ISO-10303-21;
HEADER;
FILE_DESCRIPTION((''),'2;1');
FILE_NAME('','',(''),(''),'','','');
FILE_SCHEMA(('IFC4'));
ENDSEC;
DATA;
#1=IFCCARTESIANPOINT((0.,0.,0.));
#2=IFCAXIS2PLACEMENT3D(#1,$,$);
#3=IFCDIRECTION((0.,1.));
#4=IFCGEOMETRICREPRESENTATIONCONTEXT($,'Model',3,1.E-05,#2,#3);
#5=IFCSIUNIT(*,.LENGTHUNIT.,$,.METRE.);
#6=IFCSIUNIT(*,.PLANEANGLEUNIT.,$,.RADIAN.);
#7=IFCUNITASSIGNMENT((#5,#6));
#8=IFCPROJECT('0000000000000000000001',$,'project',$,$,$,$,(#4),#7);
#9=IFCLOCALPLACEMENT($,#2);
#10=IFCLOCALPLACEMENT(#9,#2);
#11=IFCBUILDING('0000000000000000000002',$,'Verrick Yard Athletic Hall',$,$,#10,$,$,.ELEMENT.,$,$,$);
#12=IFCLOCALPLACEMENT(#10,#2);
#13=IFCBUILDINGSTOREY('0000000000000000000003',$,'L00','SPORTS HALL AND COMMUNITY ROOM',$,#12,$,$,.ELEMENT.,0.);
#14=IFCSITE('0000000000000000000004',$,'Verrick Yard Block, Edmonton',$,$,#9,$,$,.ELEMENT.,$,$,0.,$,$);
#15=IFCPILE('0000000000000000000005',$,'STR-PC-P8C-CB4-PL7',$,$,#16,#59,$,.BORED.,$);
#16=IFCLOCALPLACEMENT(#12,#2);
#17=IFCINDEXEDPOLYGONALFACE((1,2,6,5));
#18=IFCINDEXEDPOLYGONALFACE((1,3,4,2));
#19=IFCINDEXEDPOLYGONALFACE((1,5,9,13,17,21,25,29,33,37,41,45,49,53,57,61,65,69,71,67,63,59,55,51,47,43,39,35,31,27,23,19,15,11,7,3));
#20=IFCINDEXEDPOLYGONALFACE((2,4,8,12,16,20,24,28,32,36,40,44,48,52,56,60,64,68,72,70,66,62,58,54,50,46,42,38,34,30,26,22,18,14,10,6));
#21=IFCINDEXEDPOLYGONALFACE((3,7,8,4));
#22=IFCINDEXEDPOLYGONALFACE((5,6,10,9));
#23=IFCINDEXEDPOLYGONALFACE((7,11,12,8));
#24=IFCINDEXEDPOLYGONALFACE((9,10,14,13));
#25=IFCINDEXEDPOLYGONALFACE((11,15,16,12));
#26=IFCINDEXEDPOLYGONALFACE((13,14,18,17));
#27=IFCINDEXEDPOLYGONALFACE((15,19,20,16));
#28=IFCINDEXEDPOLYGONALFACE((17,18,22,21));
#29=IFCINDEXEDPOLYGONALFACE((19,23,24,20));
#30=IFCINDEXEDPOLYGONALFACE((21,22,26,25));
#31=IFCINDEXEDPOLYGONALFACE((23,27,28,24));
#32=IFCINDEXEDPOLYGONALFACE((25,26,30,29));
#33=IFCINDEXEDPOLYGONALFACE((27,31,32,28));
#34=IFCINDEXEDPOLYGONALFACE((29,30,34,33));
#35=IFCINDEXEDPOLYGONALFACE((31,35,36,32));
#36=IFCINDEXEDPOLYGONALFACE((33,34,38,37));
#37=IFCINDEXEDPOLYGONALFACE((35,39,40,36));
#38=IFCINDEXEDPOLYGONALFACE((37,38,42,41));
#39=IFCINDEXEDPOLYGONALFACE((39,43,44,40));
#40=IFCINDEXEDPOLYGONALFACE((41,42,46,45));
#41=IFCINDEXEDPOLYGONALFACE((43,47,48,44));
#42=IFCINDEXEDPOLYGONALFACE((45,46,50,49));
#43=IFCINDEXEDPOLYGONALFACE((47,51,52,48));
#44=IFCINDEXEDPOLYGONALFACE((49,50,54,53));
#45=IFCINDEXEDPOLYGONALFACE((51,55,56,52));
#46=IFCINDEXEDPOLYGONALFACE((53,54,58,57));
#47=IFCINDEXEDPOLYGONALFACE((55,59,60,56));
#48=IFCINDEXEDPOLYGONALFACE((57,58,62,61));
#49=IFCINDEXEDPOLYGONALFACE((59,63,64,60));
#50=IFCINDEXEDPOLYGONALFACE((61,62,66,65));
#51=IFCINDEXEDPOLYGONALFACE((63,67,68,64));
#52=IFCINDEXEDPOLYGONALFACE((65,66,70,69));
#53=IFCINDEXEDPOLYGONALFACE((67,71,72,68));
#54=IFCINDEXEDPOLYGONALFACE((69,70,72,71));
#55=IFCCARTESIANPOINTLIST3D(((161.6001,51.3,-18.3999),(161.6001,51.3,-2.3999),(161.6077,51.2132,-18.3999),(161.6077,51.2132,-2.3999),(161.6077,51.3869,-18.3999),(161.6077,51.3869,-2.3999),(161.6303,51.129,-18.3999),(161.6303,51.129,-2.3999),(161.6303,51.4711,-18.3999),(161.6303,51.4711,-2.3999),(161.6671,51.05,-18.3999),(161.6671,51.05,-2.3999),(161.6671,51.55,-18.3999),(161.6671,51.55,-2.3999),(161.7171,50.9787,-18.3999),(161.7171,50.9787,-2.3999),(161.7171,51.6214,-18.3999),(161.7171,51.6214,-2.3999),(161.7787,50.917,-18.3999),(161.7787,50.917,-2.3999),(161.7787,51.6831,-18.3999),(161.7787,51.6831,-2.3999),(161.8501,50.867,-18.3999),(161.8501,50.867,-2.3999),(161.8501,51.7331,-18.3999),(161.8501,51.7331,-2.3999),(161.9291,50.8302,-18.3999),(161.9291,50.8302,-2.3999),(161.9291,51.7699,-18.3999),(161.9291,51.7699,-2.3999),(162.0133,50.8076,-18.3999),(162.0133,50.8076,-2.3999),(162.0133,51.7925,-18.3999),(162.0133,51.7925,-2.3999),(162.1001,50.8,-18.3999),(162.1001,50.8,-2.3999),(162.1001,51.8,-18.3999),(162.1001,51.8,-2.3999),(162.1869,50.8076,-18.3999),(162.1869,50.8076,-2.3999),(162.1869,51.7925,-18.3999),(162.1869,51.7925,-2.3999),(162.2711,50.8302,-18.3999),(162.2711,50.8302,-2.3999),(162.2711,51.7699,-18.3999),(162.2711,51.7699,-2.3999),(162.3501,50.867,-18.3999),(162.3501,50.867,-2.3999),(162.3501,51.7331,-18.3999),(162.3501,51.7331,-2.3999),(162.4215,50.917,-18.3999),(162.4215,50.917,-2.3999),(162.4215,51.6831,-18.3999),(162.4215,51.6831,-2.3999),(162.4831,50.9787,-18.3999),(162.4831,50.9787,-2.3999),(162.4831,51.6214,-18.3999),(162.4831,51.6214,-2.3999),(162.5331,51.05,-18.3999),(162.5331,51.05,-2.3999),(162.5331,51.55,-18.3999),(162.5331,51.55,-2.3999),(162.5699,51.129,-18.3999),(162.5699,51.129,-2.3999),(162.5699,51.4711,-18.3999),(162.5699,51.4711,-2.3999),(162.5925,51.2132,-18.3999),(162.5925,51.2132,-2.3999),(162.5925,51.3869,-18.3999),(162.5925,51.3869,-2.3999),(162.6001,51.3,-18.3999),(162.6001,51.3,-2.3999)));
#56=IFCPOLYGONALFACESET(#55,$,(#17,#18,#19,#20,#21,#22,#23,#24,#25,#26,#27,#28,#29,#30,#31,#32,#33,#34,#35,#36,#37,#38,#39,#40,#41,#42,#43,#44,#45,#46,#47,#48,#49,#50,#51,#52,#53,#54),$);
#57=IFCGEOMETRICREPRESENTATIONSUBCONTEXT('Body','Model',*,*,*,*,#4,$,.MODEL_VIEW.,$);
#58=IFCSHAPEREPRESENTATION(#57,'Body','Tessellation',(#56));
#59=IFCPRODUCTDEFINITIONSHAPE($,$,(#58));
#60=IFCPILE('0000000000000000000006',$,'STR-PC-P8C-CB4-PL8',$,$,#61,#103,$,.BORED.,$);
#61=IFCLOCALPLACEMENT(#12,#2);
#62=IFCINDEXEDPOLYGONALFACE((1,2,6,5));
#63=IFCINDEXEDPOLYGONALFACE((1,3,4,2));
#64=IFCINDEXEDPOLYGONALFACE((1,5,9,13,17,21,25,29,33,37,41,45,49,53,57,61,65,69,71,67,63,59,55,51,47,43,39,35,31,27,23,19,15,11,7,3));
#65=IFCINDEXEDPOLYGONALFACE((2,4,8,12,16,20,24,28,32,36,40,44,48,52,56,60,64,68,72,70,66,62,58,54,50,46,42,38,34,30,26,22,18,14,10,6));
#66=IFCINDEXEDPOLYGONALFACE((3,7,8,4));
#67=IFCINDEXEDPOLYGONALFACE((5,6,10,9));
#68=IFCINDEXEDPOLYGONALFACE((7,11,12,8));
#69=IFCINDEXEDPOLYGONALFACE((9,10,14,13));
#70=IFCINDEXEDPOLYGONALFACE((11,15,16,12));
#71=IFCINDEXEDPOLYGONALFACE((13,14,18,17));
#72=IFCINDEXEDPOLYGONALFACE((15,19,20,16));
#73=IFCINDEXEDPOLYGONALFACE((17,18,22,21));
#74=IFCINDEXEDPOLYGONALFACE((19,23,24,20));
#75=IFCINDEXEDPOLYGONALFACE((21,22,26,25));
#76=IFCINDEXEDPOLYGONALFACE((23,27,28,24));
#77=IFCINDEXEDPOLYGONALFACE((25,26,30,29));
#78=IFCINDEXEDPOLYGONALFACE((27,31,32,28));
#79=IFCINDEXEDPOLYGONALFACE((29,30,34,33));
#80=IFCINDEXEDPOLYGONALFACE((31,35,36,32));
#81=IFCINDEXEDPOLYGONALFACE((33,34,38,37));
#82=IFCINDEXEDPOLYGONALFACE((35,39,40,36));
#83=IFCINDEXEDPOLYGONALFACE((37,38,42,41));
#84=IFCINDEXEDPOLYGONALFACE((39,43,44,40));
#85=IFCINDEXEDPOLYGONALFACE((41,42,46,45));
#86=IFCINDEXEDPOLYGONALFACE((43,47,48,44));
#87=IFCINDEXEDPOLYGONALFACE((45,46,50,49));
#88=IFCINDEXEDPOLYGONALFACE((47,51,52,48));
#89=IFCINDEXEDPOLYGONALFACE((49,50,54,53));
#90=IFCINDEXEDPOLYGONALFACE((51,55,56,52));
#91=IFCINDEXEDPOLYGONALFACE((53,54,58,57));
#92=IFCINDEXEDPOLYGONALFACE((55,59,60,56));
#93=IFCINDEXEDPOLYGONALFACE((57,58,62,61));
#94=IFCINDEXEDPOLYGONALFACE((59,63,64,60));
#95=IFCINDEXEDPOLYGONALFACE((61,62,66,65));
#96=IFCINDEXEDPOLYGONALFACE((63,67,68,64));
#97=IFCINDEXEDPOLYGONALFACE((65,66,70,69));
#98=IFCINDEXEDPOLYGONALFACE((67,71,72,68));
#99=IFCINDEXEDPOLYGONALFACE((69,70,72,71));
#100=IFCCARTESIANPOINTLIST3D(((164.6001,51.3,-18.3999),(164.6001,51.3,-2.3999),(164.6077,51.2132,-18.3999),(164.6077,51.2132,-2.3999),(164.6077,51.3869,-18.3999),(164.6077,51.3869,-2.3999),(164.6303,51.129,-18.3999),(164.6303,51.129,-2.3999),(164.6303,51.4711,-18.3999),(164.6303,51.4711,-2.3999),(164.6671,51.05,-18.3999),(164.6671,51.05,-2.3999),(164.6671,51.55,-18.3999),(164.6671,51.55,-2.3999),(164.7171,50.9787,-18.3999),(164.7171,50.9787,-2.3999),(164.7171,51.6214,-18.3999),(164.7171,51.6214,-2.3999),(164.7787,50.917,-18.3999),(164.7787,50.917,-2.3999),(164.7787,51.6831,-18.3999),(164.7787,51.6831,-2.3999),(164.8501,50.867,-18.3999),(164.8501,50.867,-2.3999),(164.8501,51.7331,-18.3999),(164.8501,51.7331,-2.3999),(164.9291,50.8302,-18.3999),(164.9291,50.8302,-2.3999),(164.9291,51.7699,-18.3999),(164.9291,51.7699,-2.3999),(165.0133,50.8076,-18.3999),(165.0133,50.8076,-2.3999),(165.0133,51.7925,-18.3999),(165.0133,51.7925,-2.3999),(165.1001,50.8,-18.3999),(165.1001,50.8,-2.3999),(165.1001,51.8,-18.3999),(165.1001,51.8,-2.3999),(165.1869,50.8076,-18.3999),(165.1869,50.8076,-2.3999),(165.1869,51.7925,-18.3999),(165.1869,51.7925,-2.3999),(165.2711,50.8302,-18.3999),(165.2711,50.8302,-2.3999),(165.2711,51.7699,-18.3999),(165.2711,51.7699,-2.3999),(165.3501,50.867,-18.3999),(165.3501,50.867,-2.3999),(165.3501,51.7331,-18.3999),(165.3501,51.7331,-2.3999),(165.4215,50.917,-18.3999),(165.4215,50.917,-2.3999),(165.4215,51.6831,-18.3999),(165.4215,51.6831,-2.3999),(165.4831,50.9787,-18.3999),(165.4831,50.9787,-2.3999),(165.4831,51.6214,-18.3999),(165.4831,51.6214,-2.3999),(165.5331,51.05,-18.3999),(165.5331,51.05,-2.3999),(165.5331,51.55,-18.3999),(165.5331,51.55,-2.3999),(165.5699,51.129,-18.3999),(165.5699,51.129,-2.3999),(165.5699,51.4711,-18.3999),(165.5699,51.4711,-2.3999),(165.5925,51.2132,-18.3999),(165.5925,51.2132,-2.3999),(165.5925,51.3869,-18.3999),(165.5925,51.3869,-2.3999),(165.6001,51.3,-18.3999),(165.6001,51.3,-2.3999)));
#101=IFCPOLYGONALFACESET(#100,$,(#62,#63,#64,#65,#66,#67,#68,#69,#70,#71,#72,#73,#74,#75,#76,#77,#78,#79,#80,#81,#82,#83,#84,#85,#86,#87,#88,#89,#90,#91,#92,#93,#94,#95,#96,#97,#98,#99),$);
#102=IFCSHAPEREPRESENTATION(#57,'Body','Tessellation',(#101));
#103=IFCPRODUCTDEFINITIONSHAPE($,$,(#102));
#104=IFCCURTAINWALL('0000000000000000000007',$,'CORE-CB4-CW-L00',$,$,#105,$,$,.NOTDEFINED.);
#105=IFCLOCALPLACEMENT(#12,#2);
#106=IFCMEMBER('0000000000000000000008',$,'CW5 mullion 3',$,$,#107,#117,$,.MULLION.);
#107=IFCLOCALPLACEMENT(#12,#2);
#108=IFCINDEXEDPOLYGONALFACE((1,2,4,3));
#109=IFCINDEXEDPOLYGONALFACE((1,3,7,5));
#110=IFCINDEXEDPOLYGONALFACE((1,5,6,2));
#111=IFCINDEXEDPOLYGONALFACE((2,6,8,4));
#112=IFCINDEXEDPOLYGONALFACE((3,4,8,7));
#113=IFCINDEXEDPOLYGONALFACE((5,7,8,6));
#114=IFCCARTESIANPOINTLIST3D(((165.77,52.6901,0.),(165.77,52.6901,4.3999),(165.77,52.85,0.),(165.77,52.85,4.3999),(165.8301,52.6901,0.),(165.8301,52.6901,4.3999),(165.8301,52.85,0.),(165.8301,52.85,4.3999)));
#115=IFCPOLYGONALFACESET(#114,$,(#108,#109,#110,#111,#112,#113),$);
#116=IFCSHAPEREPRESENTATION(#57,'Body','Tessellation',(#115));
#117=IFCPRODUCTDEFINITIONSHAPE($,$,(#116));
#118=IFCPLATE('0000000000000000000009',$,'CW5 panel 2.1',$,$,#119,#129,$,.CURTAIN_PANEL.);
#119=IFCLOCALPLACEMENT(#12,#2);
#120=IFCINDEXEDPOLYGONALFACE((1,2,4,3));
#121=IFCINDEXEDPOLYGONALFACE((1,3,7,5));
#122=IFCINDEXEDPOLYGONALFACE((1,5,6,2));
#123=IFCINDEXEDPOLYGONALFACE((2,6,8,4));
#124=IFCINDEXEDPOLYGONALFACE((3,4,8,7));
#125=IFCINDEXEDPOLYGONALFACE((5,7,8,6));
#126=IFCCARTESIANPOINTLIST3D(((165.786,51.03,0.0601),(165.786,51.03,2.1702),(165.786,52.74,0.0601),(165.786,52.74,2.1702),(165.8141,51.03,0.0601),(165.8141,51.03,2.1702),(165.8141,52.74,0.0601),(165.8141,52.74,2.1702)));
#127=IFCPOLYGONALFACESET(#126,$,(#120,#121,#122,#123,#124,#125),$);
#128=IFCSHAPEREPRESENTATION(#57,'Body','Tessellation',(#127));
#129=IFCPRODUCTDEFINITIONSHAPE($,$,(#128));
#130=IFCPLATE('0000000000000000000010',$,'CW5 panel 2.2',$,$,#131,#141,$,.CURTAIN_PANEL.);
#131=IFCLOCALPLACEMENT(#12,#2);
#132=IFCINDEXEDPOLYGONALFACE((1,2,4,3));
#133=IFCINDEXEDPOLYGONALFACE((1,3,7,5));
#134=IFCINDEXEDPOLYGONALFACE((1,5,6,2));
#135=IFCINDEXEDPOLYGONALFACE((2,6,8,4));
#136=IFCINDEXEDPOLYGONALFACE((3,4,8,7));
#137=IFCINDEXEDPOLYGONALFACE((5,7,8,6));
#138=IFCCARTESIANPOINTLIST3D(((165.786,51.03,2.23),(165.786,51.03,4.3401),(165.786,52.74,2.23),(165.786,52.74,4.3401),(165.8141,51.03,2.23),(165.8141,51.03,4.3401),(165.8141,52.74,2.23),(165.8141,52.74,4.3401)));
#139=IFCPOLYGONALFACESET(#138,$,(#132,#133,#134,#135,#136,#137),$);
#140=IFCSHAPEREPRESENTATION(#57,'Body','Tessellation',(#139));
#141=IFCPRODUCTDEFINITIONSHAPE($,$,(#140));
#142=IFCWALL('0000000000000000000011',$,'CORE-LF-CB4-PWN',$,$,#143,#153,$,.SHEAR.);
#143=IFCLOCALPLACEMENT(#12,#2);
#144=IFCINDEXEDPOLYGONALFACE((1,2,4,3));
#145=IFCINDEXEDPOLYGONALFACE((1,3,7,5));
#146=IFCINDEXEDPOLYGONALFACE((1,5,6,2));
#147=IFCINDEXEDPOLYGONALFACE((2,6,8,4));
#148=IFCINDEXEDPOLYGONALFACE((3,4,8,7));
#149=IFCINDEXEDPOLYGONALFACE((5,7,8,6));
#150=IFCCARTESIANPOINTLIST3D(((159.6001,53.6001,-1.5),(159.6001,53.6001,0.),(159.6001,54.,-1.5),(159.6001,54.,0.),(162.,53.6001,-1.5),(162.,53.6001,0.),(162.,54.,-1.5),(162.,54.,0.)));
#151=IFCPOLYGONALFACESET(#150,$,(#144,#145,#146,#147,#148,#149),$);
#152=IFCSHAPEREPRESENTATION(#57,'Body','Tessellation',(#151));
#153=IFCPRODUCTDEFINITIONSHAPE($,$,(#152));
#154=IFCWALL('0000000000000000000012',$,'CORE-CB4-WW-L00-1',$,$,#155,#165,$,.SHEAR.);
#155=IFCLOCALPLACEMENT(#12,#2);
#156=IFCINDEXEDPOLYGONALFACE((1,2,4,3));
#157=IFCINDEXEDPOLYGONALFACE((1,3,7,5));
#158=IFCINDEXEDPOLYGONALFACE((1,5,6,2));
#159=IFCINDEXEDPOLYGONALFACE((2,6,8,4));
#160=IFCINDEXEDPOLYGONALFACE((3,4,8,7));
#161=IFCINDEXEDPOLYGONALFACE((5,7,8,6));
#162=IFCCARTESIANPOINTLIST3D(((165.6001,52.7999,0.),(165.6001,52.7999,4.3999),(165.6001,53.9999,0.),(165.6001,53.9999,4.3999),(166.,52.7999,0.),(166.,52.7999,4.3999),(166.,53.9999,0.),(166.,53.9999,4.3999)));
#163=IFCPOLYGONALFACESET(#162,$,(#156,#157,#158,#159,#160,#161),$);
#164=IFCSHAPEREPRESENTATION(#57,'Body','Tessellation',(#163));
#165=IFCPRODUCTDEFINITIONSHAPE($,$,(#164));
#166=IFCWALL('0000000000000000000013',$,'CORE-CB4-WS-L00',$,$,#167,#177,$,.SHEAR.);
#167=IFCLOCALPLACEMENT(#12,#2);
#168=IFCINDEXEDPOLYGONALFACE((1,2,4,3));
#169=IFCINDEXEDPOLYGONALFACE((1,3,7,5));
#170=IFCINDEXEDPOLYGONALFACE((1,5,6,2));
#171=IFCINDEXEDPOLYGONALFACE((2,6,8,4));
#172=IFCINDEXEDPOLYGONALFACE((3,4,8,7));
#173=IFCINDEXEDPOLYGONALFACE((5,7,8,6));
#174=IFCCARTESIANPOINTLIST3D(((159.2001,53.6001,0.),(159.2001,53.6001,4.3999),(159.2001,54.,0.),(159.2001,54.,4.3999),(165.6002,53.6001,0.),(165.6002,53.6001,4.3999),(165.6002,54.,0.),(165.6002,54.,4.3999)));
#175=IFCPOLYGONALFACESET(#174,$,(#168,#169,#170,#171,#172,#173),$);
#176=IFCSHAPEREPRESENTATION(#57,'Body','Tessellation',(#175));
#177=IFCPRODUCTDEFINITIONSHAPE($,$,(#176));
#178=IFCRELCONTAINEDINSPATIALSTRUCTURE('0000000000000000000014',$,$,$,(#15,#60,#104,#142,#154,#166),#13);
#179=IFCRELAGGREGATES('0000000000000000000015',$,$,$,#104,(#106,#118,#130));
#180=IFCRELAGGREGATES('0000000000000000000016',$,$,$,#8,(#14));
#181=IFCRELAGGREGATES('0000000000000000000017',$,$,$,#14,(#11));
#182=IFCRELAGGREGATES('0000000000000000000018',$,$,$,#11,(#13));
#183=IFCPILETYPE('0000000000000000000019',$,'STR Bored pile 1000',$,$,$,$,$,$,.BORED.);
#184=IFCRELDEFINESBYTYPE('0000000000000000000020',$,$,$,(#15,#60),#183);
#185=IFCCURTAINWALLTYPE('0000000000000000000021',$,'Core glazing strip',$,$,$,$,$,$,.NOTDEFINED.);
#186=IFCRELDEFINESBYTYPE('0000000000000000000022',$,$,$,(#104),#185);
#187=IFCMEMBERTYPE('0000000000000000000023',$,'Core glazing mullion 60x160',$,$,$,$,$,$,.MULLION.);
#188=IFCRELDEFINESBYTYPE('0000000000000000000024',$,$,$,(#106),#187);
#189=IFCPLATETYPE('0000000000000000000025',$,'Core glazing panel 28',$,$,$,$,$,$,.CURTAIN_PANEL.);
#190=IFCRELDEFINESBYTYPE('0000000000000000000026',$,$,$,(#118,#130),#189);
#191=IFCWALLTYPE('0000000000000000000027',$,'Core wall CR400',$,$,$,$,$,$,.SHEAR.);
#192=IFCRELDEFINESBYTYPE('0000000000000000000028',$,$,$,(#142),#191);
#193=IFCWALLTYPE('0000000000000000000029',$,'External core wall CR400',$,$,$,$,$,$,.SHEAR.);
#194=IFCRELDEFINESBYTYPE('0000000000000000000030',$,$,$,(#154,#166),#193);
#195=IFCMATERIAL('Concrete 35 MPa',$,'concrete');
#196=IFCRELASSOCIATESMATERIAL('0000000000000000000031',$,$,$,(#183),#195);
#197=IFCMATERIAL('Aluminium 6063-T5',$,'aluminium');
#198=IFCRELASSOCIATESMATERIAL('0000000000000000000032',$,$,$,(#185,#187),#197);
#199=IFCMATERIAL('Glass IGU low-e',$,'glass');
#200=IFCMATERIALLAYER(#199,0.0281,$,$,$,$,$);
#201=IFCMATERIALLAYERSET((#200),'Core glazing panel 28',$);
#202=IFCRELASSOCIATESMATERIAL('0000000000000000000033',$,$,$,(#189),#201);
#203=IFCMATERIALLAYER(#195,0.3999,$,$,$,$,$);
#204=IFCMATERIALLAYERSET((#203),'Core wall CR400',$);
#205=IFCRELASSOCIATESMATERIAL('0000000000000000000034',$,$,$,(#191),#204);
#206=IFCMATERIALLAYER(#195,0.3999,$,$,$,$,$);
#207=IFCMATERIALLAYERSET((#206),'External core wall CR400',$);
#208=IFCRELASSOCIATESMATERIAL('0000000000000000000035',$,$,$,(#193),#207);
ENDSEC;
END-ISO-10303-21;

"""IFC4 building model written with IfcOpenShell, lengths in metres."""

from ifc_helpers import new_model, si_unit, direction, frame, frame_2d, origin, origin_2d, place, context, subcontext, project, spatial, rectangle, circle, extrude, material, layer, layer_set, material_profile, profile_set, type_object, element, aggregate, save


model = new_model("IFC4")

# Units and contexts
model_context = context("Model", 3, precision=1e-05, world=origin(), true_north=direction((0.0, 1.0)))
body_context = subcontext(model_context, "Body", "Model", "MODEL_VIEW")
ifc_project = project(units=[si_unit("LENGTHUNIT", "METRE"), si_unit("PLANEANGLEUNIT", "RADIAN")], contexts=[model_context])

# Site, building, storey
site_placement = place(None, origin())
site = spatial("IfcSite", under=ifc_project, at=site_placement, Name="Verrick Yard Block, Edmonton", CompositionType="ELEMENT", RefElevation=0.0)
building_placement = place(site_placement, origin())
building = spatial("IfcBuilding", under=site, at=building_placement, Name="Verrick Yard Athletic Hall", CompositionType="ELEMENT")
storey_placement = place(building_placement, origin())
storey = spatial("IfcBuildingStorey", under=building, at=storey_placement, Name="L00", Description="SPORTS HALL AND COMMUNITY ROOM", CompositionType="ELEMENT", Elevation=0.0)

# Piles
ifc_material_1 = material(Name="Concrete 35 MPa", Category="concrete")
pile_type = type_object("IfcPileType", Name="STR Bored pile 1000", PredefinedType="BORED", material=ifc_material_1)
for number, where, z_axis, x_axis, name in (
    (1, (162.1001, 51.3, -2.3999), (0.0, 0.0, -1.0), (1.0, 0.0, 0.0), "STR-PC-P8C-CB4-PL7"),
    (2, (165.1001, 51.3, -2.3999), (0.0, 0.0, -1.0), (1.0, 0.0, 0.0), "STR-PC-P8C-CB4-PL8"),
):
    element("IfcPile", number, at=place(storey_placement, frame(where, z_axis=z_axis, x_axis=x_axis)), inside=storey, type_object=pile_type, Name=name, PredefinedType="BORED", context=body_context, shape_type="SweptSolid", body=[
        extrude(circle(Radius=0.5, at=origin_2d()), origin(), (0.0, 0.0, 1.0), 16.0),
    ])

# Curtain wall, member, plates
ifc_material_2 = material(Name="Aluminium 6063-T5", Category="aluminium")
curtain_wall_type = type_object("IfcCurtainWallType", Name="Core glazing strip", PredefinedType="NOTDEFINED", material=ifc_material_2)
curtain_wall_placement = place(storey_placement, origin())
curtain_wall = element("IfcCurtainWall", 3, at=curtain_wall_placement, inside=storey, type_object=curtain_wall_type, Name="CORE-CB4-CW-L00", PredefinedType="NOTDEFINED")
ifc_material_profile = material_profile(ifc_material_2, rectangle(XDim=0.0601, YDim=0.1599, at=origin_2d()), Name="Core glazing mullion 60x160")
ifc_profile_set = profile_set([ifc_material_profile], Name="Aluminium 6063-T5")
member_type = type_object("IfcMemberType", Name="Core glazing mullion 60x160", PredefinedType="MULLION", material=ifc_profile_set)
member_placement = place(storey_placement, frame((165.8, 52.77, 0.0), z_axis=(0.0, 0.0, 1.0), x_axis=(-1.0, 0.0, 0.0)))
member = element("IfcMember", 4, at=member_placement, type_object=member_type, Name="CW5 mullion 3", PredefinedType="MULLION", context=body_context, shape_type="SweptSolid", body=[
    extrude(rectangle(XDim=0.0601, YDim=0.1599, at=origin_2d()), origin(), (0.0, 0.0, 1.0), 4.3999),
])
ifc_material_3 = material(Name="Glass IGU low-e", Category="glass")
ifc_layer_1 = layer(ifc_material_3, 0.0281)
ifc_layer_set_1 = layer_set([ifc_layer_1], Name="Core glazing panel 28")
plate_type = type_object("IfcPlateType", Name="Core glazing panel 28", PredefinedType="CURTAIN_PANEL", material=ifc_layer_set_1)
plate_1_placement = place(storey_placement, frame((165.8, 51.885, 0.0601), z_axis=(0.0, 0.0, 1.0), x_axis=(0.0, 1.0, 0.0)))
plate_1 = element("IfcPlate", 5, at=plate_1_placement, type_object=plate_type, Name="CW5 panel 2.1", PredefinedType="CURTAIN_PANEL", context=body_context, shape_type="SweptSolid", body=[
    extrude(rectangle(XDim=1.71, YDim=0.0281, at=origin_2d()), origin(), (0.0, 0.0, 1.0), 2.1101),
])
plate_2_placement = place(storey_placement, frame((165.8, 51.885, 2.23), z_axis=(0.0, 0.0, 1.0), x_axis=(0.0, 1.0, 0.0)))
plate_2 = element("IfcPlate", 6, at=plate_2_placement, type_object=plate_type, Name="CW5 panel 2.2", PredefinedType="CURTAIN_PANEL", context=body_context, shape_type="SweptSolid", body=[
    extrude(rectangle(XDim=1.71, YDim=0.0281, at=origin_2d()), origin(), (0.0, 0.0, 1.0), 2.1101),
])
aggregate(curtain_wall, [member, plate_1, plate_2])

# Walls
ifc_layer_2 = layer(ifc_material_1, 0.3999)
ifc_layer_set_2 = layer_set([ifc_layer_2], Name="Core wall CR400")
wall_type_1 = type_object("IfcWallType", Name="Core wall CR400", PredefinedType="SHEAR", material=ifc_layer_set_2)
wall_1_placement = place(storey_placement, frame((159.6001, 53.8, -1.5), z_axis=(0.0, 0.0, 1.0), x_axis=(1.0, 0.0, 0.0)))
element("IfcWall", 7, at=wall_1_placement, inside=storey, type_object=wall_type_1, Name="CORE-LF-CB4-PWN", PredefinedType="SHEAR", context=body_context, shape_type="SweptSolid", body=[
    extrude(rectangle(XDim=2.3999, YDim=0.3999, at=frame_2d((1.2, 0.0))), origin(), (0.0, 0.0, 1.0), 1.5),
])
ifc_layer_3 = layer(ifc_material_1, 0.3999)
ifc_layer_set_3 = layer_set([ifc_layer_3], Name="External core wall CR400")
wall_type_2 = type_object("IfcWallType", Name="External core wall CR400", PredefinedType="SHEAR", material=ifc_layer_set_3)
wall_2_placement = place(storey_placement, frame((165.8, 54.0, 0.0), z_axis=(0.0, 0.0, 1.0), x_axis=(0.0, -1.0, 0.0)))
element("IfcWall", 8, at=wall_2_placement, inside=storey, type_object=wall_type_2, Name="CORE-CB4-WW-L00-1", PredefinedType="SHEAR", context=body_context, shape_type="SweptSolid", body=[
    extrude(rectangle(XDim=1.2, YDim=0.3999, at=frame_2d((0.6001, 0.0))), origin(), (0.0, 0.0, 1.0), 4.3999),
])
wall_3_placement = place(storey_placement, frame((159.2, 53.8, 0.0), z_axis=(0.0, 0.0, 1.0), x_axis=(1.0, 0.0, 0.0)))
element("IfcWall", 9, at=wall_3_placement, inside=storey, type_object=wall_type_2, Name="CORE-CB4-WS-L00", PredefinedType="SHEAR", context=body_context, shape_type="SweptSolid", body=[
    extrude(rectangle(XDim=6.4001, YDim=0.3999, at=frame_2d((3.2002, 0.0))), origin(), (0.0, 0.0, 1.0), 4.3999),
])

save(model, "model.ifc")
